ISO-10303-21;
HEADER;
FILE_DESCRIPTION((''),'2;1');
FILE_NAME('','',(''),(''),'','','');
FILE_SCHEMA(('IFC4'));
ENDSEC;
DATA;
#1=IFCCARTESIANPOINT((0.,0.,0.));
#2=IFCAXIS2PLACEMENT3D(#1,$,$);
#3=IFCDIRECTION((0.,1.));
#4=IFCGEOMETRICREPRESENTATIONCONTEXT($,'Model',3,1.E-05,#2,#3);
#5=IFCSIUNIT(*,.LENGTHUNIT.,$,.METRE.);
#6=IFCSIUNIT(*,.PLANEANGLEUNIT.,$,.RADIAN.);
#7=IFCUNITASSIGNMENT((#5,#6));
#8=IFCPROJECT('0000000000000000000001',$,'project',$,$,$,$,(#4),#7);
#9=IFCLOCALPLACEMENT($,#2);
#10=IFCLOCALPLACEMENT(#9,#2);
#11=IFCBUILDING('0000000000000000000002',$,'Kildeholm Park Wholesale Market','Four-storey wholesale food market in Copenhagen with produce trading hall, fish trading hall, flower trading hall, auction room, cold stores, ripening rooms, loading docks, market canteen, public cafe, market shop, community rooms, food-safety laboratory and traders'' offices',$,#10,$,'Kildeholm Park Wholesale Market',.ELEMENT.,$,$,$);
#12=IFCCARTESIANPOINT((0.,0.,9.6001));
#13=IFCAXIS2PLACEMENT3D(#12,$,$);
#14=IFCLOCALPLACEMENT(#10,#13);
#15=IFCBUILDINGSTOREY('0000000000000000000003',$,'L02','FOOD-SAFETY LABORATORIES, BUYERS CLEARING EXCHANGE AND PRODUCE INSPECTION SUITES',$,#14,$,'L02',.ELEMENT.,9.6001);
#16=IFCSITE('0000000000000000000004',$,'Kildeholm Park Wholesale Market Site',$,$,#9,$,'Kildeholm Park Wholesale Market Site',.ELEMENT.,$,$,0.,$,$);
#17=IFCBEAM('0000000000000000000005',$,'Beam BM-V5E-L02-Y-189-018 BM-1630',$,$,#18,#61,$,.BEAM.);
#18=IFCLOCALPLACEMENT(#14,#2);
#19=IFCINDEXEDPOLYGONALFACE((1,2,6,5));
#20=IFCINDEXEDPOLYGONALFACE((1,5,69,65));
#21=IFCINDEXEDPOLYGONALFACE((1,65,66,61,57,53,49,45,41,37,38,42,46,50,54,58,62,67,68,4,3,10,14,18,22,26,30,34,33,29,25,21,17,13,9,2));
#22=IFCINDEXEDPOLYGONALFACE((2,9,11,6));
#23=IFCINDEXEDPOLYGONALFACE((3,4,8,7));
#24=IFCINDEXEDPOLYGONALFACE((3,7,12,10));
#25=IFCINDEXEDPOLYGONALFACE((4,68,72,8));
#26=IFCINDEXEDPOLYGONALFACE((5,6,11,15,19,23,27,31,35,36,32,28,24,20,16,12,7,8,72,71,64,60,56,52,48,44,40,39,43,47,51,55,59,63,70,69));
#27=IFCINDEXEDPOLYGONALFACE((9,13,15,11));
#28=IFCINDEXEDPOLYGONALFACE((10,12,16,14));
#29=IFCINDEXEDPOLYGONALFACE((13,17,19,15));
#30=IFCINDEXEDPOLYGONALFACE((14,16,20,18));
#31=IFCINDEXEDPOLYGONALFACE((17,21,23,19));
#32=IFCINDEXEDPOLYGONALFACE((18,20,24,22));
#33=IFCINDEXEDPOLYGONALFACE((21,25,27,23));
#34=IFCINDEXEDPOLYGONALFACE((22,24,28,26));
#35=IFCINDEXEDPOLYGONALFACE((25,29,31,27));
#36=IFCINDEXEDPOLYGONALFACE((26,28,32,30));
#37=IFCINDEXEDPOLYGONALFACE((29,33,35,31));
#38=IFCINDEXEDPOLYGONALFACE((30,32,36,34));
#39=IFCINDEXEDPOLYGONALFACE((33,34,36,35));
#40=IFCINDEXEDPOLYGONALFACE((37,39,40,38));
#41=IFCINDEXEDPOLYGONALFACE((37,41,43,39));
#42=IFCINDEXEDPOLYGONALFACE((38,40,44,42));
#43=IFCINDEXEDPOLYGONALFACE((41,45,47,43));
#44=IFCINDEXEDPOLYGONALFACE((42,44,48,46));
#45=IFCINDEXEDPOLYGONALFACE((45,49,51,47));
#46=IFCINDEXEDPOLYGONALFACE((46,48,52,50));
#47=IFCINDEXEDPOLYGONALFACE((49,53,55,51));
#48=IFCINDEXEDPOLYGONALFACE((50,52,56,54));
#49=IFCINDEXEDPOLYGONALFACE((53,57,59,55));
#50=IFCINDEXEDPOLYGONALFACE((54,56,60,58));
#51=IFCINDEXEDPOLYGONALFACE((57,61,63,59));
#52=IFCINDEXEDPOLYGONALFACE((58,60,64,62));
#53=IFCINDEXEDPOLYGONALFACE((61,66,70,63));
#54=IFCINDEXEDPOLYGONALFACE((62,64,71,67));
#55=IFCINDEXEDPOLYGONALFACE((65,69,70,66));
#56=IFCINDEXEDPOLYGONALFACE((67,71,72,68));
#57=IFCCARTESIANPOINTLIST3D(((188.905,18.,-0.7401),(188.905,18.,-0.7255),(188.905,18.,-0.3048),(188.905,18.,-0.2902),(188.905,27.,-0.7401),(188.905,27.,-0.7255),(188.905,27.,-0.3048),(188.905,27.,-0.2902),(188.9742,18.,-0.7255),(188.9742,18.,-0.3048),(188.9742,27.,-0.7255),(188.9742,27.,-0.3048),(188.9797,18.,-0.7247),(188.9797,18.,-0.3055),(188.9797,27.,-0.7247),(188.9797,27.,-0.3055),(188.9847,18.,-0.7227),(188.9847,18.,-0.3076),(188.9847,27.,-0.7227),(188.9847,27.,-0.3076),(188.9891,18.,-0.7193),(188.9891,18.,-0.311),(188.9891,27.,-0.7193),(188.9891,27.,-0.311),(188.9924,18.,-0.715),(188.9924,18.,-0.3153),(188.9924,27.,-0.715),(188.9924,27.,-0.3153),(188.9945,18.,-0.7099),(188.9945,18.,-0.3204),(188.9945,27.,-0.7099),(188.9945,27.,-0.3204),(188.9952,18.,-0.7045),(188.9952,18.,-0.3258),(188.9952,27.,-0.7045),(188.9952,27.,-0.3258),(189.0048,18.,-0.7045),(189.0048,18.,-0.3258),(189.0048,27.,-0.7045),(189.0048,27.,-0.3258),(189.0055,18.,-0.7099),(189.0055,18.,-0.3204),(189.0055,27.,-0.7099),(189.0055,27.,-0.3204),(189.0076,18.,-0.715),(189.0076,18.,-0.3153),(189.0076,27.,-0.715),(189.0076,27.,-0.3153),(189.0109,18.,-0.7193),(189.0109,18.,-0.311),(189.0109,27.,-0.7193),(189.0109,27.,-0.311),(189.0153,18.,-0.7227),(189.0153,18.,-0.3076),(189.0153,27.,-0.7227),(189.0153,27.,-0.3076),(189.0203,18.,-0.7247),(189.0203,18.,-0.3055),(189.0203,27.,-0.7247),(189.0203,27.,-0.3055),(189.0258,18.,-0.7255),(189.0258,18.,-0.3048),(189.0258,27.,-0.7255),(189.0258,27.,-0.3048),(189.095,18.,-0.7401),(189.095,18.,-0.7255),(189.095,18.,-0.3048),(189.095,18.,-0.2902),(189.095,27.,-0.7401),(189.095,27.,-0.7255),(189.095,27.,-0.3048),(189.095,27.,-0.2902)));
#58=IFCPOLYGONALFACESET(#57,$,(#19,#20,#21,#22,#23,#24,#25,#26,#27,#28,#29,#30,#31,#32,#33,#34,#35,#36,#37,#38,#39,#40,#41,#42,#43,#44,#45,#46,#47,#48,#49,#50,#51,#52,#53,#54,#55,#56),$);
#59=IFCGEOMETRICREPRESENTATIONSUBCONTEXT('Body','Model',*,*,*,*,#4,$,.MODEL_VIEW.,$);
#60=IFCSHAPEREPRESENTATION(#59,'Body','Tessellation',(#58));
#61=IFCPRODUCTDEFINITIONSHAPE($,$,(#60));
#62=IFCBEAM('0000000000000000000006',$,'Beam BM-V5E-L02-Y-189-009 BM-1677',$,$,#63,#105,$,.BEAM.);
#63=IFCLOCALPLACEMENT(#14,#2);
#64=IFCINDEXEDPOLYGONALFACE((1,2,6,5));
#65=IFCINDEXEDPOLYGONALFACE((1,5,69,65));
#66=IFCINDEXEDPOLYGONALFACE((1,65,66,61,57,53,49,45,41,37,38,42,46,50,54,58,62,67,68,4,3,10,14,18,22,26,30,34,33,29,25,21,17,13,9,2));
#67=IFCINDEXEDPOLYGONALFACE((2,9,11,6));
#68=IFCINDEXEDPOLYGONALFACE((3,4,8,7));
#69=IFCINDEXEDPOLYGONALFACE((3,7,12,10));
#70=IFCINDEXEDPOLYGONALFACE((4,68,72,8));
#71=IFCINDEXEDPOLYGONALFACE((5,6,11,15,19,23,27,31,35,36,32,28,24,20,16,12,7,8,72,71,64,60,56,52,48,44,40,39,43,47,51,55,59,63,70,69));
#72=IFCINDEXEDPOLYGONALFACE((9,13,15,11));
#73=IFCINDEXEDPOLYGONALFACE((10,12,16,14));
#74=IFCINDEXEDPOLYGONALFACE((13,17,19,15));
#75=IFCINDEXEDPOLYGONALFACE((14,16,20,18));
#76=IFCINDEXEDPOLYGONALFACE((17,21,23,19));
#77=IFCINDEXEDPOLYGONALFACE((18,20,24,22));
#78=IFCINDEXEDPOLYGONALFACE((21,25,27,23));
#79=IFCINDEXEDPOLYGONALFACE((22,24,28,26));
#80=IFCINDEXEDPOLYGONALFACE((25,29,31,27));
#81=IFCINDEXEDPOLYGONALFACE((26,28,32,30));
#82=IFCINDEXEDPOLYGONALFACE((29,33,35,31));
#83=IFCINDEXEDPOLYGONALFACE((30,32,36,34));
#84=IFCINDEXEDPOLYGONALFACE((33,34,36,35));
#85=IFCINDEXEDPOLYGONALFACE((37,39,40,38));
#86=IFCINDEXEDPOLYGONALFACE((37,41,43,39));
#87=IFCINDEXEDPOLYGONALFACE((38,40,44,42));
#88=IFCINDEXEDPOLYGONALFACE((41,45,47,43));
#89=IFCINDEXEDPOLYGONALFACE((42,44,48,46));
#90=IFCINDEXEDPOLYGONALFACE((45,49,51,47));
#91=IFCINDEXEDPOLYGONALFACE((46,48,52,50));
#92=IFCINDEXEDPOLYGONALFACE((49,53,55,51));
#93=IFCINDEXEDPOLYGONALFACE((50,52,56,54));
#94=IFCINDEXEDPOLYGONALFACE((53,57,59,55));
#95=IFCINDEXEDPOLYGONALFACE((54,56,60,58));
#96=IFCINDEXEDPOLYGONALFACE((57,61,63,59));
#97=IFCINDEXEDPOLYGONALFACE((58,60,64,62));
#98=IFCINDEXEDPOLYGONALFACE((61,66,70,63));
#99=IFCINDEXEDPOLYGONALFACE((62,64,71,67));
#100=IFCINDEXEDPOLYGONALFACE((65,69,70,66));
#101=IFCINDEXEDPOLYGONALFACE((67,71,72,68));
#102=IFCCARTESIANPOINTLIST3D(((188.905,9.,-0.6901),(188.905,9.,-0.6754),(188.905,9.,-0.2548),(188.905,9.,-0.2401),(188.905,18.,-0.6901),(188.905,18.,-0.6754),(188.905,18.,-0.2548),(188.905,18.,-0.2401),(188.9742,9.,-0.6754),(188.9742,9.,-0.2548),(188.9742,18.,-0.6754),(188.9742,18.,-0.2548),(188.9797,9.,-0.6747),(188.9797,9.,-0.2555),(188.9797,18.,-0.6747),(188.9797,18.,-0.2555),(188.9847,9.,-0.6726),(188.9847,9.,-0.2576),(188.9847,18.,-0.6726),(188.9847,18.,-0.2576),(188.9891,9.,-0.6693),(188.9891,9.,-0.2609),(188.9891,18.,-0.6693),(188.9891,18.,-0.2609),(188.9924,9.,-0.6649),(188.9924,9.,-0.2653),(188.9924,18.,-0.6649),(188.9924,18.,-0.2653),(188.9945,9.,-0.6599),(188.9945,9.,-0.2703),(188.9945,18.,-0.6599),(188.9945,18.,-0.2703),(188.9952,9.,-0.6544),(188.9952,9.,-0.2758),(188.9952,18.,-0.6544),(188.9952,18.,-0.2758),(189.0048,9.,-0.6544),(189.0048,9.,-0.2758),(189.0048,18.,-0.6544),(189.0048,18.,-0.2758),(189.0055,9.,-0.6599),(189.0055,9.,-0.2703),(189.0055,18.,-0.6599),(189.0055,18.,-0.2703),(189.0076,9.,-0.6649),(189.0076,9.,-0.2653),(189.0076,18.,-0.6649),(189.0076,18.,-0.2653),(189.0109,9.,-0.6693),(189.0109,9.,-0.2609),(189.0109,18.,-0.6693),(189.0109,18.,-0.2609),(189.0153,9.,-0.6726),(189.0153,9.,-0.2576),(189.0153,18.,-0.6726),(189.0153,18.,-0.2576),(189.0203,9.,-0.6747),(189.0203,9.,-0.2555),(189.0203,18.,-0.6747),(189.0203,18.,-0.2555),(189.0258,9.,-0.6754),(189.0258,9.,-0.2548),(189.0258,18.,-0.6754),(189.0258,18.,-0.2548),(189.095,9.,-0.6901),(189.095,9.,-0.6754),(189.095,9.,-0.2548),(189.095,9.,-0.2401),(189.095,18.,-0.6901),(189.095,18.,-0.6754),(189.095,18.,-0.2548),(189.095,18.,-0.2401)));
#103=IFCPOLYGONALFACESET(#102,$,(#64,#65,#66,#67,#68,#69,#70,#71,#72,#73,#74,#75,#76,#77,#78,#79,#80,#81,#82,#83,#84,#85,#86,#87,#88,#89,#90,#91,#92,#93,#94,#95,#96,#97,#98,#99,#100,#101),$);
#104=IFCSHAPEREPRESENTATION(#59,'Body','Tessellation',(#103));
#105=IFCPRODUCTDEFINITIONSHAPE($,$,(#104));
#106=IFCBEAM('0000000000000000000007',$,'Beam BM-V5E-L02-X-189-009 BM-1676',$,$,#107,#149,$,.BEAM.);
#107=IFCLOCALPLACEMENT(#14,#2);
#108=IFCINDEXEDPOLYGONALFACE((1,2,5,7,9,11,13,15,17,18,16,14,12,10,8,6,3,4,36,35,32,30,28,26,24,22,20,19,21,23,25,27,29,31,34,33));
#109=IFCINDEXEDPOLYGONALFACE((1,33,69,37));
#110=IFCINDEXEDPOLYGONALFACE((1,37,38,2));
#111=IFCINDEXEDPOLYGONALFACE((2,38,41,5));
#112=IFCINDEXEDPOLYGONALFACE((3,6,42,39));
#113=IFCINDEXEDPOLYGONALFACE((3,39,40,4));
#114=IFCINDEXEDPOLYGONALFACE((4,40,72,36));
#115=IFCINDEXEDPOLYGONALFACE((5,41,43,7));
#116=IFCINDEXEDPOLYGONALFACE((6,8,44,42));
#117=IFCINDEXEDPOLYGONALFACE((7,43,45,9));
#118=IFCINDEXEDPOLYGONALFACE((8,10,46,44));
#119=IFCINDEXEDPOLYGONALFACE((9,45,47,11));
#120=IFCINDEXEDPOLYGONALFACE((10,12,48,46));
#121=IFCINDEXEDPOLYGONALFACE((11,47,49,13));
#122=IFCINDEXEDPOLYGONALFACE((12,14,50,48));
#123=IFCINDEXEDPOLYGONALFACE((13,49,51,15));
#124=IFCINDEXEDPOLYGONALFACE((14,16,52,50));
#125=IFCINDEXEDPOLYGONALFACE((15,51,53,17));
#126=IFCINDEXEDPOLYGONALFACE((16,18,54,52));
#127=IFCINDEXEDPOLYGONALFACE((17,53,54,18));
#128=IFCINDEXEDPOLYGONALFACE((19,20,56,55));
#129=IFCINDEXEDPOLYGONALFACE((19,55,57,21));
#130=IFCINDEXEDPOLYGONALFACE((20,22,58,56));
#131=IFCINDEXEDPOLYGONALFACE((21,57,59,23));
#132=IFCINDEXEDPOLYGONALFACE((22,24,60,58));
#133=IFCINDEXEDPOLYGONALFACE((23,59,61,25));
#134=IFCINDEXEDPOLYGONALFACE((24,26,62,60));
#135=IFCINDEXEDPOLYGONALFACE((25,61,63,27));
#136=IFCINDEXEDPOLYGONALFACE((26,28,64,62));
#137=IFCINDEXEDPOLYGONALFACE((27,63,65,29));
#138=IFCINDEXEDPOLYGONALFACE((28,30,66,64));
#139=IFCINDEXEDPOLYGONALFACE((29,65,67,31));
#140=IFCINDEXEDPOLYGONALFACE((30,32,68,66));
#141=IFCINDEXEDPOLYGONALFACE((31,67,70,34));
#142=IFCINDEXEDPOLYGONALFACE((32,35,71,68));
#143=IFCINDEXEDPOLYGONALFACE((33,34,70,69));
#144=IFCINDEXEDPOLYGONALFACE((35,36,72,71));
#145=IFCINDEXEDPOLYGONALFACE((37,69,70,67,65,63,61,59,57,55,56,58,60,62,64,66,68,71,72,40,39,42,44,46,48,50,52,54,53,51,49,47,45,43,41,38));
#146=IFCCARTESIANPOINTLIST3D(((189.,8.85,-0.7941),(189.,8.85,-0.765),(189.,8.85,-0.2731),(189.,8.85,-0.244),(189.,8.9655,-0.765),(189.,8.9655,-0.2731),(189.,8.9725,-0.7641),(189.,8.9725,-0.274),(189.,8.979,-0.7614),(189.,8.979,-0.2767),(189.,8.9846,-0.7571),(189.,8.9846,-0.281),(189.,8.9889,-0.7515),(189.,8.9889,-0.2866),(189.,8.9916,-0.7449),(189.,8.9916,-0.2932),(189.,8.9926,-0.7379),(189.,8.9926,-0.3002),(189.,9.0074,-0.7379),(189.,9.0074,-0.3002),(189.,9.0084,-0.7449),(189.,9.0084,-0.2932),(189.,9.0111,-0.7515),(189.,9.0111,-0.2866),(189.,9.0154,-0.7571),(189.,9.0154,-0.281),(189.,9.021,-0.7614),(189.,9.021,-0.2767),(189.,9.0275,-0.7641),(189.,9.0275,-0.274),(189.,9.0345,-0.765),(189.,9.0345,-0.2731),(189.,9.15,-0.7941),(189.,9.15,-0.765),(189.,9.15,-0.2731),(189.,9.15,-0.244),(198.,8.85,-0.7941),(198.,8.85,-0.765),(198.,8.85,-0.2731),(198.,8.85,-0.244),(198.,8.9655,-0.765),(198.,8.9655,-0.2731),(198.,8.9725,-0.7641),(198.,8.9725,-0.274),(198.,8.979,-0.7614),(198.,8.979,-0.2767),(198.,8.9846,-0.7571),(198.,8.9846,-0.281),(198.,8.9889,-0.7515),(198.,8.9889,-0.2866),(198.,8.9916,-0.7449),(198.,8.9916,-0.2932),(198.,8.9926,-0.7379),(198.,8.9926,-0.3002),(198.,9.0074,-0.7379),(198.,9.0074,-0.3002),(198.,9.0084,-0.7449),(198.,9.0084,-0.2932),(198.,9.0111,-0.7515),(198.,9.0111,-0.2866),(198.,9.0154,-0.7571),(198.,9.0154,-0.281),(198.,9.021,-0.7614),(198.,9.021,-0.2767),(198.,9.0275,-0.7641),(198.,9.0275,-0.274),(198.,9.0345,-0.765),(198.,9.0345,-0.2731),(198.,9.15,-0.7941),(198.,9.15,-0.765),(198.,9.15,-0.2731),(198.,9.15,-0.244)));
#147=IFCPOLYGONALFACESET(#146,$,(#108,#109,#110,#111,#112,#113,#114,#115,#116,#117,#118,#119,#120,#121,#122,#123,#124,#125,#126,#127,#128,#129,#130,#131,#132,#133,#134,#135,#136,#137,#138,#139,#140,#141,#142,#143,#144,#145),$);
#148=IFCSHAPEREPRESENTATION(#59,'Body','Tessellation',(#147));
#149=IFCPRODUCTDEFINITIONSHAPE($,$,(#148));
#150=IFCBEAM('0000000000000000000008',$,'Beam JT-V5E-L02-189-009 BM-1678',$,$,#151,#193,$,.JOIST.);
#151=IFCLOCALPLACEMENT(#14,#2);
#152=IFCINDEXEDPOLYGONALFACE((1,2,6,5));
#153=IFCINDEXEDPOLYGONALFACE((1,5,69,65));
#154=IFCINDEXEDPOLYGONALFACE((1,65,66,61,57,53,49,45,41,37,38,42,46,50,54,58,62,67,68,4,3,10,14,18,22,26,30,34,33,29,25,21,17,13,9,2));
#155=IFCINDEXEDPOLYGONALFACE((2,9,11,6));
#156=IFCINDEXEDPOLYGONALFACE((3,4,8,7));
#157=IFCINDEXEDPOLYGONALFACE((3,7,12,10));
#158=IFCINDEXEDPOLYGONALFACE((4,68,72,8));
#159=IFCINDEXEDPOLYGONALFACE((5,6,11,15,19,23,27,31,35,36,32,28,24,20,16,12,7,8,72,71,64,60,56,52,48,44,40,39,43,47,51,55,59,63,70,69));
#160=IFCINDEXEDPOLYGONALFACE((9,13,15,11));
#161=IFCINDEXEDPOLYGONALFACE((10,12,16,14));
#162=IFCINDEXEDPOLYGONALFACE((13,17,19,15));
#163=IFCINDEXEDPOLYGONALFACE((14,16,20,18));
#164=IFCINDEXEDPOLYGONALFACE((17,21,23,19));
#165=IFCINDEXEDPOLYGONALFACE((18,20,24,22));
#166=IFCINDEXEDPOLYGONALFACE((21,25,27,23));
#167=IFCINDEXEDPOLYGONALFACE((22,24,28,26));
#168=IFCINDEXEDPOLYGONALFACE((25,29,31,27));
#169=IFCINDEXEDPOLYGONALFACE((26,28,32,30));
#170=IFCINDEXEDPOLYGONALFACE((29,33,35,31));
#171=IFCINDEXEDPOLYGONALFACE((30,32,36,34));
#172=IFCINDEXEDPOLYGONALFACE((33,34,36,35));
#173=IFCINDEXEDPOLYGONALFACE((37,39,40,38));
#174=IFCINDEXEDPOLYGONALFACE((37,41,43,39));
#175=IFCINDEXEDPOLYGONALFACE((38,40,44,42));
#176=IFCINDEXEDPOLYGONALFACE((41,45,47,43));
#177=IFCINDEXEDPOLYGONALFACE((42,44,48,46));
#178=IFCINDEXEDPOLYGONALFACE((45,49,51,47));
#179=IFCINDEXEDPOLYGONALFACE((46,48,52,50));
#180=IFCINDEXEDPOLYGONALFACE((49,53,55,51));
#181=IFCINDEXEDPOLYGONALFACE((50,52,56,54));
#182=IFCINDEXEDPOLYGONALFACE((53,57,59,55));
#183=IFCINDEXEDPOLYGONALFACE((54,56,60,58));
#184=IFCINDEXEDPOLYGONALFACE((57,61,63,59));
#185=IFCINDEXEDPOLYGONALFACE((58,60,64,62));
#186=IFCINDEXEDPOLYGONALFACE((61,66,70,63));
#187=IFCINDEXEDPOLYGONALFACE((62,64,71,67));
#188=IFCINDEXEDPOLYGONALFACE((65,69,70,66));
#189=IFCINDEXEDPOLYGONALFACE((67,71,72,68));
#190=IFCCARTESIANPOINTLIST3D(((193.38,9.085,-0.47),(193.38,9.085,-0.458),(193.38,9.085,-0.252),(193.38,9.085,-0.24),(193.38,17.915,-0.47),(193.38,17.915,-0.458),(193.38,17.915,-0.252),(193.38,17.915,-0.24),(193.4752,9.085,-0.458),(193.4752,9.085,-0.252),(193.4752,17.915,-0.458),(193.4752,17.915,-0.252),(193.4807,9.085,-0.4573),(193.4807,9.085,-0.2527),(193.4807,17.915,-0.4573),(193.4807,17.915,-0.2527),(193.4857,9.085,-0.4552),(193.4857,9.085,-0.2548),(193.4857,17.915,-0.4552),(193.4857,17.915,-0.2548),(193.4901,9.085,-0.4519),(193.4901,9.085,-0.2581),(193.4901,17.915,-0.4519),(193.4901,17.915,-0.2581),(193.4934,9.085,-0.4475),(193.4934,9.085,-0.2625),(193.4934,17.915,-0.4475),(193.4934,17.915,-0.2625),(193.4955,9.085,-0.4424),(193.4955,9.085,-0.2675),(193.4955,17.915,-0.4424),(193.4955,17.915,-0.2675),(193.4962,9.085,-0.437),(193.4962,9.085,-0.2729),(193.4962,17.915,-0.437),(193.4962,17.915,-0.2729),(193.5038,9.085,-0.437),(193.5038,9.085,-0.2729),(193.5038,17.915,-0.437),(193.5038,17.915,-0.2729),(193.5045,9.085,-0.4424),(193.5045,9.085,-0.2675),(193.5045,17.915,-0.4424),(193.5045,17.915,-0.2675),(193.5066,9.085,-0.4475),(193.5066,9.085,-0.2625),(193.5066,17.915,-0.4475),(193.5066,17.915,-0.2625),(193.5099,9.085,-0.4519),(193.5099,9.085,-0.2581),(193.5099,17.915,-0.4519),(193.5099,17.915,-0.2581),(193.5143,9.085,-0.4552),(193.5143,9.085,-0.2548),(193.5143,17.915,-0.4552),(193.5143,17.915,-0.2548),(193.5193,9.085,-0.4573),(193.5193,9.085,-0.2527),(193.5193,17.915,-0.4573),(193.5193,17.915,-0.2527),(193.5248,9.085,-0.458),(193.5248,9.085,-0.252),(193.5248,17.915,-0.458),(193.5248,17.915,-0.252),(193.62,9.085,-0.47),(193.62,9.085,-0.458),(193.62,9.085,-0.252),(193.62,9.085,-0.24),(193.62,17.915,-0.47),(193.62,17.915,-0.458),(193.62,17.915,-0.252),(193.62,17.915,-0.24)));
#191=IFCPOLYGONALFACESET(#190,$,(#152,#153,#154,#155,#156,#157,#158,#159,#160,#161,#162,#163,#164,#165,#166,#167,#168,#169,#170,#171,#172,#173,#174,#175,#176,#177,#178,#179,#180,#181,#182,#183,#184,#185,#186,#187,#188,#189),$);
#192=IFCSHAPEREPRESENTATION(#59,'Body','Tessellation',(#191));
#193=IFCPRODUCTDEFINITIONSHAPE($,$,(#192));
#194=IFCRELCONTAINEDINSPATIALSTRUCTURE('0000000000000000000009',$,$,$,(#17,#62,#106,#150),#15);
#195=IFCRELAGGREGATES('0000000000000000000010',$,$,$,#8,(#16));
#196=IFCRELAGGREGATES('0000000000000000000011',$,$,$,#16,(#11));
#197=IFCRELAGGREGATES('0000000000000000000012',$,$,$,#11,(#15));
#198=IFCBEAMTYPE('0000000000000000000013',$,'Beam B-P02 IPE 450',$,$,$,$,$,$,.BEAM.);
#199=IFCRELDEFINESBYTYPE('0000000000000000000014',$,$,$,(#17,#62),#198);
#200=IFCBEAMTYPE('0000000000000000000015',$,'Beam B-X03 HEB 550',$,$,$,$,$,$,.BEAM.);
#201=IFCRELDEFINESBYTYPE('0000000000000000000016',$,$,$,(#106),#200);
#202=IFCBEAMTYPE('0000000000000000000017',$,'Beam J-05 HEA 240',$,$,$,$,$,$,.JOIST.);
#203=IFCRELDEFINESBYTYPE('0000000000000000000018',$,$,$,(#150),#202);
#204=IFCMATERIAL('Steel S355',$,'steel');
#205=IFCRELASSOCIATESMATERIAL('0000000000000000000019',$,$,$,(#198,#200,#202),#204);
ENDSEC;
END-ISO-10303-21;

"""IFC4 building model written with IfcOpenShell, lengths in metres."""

from ifc_helpers import new_model, si_unit, direction, frame, origin, origin_2d, place, context, subcontext, project, spatial, i_section, extrude, material, material_profile, profile_set, type_object, element, save


model = new_model("IFC4")

# Units and contexts
model_context = context("Model", 3, precision=1e-05, world=origin(), true_north=direction((0.0, 1.0)))
body_context = subcontext(model_context, "Body", "Model", "MODEL_VIEW")
ifc_project = project(units=[si_unit("LENGTHUNIT", "METRE"), si_unit("PLANEANGLEUNIT", "RADIAN")], contexts=[model_context])

# Site, building, storey
site_placement = place(None, origin())
site = spatial("IfcSite", under=ifc_project, at=site_placement, Name="Kildeholm Park Wholesale Market Site", LongName="Kildeholm Park Wholesale Market Site", CompositionType="ELEMENT", RefElevation=0.0)
building_placement = place(site_placement, origin())
building = spatial("IfcBuilding", under=site, at=building_placement, Name="Kildeholm Park Wholesale Market", Description="Four-storey wholesale food market in Copenhagen with produce trading hall, fish trading hall, flower trading hall, auction room, cold stores, ripening rooms, loading docks, market canteen, public cafe, market shop, community rooms, food-safety laboratory and traders' offices", LongName="Kildeholm Park Wholesale Market", CompositionType="ELEMENT")
storey_placement = place(building_placement, frame((0.0, 0.0, 9.6001)))
storey = spatial("IfcBuildingStorey", under=building, at=storey_placement, Name="L02", Description="FOOD-SAFETY LABORATORIES, BUYERS CLEARING EXCHANGE AND PRODUCE INSPECTION SUITES", LongName="L02", CompositionType="ELEMENT", Elevation=9.6001)

# Shared definitions
ifc_material_1 = material(Name="Steel S355", Category="steel")

# Beams
ifc_material_profile_1 = material_profile(ifc_material_1, i_section(OverallWidth=0.1899, OverallDepth=0.45, WebThickness=0.0095, FlangeThickness=0.0146, FilletRadius=0.021, at=origin_2d()), Name="IPE 450")
ifc_profile_set_1 = profile_set([ifc_material_profile_1], Name="Steel S355")
beam_type_1 = type_object("IfcBeamType", Name="Beam B-P02 IPE 450", PredefinedType="BEAM", material=ifc_profile_set_1)
for number, where, z_axis, x_axis, name in (
    (1, (189.0, 18.0, -0.5151), (0.0, 1.0, 0.0), (-1.0, 0.0, 0.0), "Beam BM-V5E-L02-Y-189-018 BM-1630"),
    (2, (189.0, 9.0, -0.4651), (0.0, 1.0, 0.0), (-1.0, 0.0, 0.0), "Beam BM-V5E-L02-Y-189-009 BM-1677"),
):
    element("IfcBeam", number, at=place(storey_placement, frame(where, z_axis=z_axis, x_axis=x_axis)), inside=storey, type_object=beam_type_1, Name=name, PredefinedType="BEAM", context=body_context, shape_type="SweptSolid", body=[
        extrude(i_section(OverallWidth=0.1899, OverallDepth=0.45, WebThickness=0.0095, FlangeThickness=0.0146, FilletRadius=0.021, at=origin_2d()), origin(), (0.0, 0.0, 1.0), 9.0),
    ])
ifc_material_profile_2 = material_profile(ifc_material_1, i_section(OverallWidth=0.3, OverallDepth=0.55, WebThickness=0.0149, FlangeThickness=0.0291, FilletRadius=0.0271, at=origin_2d()), Name="HEB 550")
ifc_profile_set_2 = profile_set([ifc_material_profile_2], Name="Steel S355")
beam_type_2 = type_object("IfcBeamType", Name="Beam B-X03 HEB 550", PredefinedType="BEAM", material=ifc_profile_set_2)
beam_1_placement = place(storey_placement, frame((189.0, 9.0, -0.519), z_axis=(1.0, 0.0, 0.0), x_axis=(0.0, 1.0, 0.0)))
element("IfcBeam", 3, at=beam_1_placement, inside=storey, type_object=beam_type_2, Name="Beam BM-V5E-L02-X-189-009 BM-1676", PredefinedType="BEAM", context=body_context, shape_type="SweptSolid", body=[
    extrude(i_section(OverallWidth=0.3, OverallDepth=0.55, WebThickness=0.0149, FlangeThickness=0.0291, FilletRadius=0.0271, at=origin_2d()), origin(), (0.0, 0.0, 1.0), 9.0),
])
ifc_material_profile_3 = material_profile(ifc_material_1, i_section(OverallWidth=0.24, OverallDepth=0.23, WebThickness=0.0076, FlangeThickness=0.012, FilletRadius=0.021, at=origin_2d()), Name="HEA 240")
ifc_profile_set_3 = profile_set([ifc_material_profile_3], Name="Steel S355")
beam_type_3 = type_object("IfcBeamType", Name="Beam J-05 HEA 240", PredefinedType="JOIST", material=ifc_profile_set_3)
beam_2_placement = place(storey_placement, frame((193.5, 9.085, -0.355), z_axis=(0.0, 1.0, 0.0), x_axis=(-1.0, 0.0, 0.0)))
element("IfcBeam", 4, at=beam_2_placement, inside=storey, type_object=beam_type_3, Name="Beam JT-V5E-L02-189-009 BM-1678", PredefinedType="JOIST", context=body_context, shape_type="SweptSolid", body=[
    extrude(i_section(OverallWidth=0.24, OverallDepth=0.23, WebThickness=0.0076, FlangeThickness=0.012, FilletRadius=0.021, at=origin_2d()), origin(), (0.0, 0.0, 1.0), 8.8301),
])

save(model, "model.ifc")
